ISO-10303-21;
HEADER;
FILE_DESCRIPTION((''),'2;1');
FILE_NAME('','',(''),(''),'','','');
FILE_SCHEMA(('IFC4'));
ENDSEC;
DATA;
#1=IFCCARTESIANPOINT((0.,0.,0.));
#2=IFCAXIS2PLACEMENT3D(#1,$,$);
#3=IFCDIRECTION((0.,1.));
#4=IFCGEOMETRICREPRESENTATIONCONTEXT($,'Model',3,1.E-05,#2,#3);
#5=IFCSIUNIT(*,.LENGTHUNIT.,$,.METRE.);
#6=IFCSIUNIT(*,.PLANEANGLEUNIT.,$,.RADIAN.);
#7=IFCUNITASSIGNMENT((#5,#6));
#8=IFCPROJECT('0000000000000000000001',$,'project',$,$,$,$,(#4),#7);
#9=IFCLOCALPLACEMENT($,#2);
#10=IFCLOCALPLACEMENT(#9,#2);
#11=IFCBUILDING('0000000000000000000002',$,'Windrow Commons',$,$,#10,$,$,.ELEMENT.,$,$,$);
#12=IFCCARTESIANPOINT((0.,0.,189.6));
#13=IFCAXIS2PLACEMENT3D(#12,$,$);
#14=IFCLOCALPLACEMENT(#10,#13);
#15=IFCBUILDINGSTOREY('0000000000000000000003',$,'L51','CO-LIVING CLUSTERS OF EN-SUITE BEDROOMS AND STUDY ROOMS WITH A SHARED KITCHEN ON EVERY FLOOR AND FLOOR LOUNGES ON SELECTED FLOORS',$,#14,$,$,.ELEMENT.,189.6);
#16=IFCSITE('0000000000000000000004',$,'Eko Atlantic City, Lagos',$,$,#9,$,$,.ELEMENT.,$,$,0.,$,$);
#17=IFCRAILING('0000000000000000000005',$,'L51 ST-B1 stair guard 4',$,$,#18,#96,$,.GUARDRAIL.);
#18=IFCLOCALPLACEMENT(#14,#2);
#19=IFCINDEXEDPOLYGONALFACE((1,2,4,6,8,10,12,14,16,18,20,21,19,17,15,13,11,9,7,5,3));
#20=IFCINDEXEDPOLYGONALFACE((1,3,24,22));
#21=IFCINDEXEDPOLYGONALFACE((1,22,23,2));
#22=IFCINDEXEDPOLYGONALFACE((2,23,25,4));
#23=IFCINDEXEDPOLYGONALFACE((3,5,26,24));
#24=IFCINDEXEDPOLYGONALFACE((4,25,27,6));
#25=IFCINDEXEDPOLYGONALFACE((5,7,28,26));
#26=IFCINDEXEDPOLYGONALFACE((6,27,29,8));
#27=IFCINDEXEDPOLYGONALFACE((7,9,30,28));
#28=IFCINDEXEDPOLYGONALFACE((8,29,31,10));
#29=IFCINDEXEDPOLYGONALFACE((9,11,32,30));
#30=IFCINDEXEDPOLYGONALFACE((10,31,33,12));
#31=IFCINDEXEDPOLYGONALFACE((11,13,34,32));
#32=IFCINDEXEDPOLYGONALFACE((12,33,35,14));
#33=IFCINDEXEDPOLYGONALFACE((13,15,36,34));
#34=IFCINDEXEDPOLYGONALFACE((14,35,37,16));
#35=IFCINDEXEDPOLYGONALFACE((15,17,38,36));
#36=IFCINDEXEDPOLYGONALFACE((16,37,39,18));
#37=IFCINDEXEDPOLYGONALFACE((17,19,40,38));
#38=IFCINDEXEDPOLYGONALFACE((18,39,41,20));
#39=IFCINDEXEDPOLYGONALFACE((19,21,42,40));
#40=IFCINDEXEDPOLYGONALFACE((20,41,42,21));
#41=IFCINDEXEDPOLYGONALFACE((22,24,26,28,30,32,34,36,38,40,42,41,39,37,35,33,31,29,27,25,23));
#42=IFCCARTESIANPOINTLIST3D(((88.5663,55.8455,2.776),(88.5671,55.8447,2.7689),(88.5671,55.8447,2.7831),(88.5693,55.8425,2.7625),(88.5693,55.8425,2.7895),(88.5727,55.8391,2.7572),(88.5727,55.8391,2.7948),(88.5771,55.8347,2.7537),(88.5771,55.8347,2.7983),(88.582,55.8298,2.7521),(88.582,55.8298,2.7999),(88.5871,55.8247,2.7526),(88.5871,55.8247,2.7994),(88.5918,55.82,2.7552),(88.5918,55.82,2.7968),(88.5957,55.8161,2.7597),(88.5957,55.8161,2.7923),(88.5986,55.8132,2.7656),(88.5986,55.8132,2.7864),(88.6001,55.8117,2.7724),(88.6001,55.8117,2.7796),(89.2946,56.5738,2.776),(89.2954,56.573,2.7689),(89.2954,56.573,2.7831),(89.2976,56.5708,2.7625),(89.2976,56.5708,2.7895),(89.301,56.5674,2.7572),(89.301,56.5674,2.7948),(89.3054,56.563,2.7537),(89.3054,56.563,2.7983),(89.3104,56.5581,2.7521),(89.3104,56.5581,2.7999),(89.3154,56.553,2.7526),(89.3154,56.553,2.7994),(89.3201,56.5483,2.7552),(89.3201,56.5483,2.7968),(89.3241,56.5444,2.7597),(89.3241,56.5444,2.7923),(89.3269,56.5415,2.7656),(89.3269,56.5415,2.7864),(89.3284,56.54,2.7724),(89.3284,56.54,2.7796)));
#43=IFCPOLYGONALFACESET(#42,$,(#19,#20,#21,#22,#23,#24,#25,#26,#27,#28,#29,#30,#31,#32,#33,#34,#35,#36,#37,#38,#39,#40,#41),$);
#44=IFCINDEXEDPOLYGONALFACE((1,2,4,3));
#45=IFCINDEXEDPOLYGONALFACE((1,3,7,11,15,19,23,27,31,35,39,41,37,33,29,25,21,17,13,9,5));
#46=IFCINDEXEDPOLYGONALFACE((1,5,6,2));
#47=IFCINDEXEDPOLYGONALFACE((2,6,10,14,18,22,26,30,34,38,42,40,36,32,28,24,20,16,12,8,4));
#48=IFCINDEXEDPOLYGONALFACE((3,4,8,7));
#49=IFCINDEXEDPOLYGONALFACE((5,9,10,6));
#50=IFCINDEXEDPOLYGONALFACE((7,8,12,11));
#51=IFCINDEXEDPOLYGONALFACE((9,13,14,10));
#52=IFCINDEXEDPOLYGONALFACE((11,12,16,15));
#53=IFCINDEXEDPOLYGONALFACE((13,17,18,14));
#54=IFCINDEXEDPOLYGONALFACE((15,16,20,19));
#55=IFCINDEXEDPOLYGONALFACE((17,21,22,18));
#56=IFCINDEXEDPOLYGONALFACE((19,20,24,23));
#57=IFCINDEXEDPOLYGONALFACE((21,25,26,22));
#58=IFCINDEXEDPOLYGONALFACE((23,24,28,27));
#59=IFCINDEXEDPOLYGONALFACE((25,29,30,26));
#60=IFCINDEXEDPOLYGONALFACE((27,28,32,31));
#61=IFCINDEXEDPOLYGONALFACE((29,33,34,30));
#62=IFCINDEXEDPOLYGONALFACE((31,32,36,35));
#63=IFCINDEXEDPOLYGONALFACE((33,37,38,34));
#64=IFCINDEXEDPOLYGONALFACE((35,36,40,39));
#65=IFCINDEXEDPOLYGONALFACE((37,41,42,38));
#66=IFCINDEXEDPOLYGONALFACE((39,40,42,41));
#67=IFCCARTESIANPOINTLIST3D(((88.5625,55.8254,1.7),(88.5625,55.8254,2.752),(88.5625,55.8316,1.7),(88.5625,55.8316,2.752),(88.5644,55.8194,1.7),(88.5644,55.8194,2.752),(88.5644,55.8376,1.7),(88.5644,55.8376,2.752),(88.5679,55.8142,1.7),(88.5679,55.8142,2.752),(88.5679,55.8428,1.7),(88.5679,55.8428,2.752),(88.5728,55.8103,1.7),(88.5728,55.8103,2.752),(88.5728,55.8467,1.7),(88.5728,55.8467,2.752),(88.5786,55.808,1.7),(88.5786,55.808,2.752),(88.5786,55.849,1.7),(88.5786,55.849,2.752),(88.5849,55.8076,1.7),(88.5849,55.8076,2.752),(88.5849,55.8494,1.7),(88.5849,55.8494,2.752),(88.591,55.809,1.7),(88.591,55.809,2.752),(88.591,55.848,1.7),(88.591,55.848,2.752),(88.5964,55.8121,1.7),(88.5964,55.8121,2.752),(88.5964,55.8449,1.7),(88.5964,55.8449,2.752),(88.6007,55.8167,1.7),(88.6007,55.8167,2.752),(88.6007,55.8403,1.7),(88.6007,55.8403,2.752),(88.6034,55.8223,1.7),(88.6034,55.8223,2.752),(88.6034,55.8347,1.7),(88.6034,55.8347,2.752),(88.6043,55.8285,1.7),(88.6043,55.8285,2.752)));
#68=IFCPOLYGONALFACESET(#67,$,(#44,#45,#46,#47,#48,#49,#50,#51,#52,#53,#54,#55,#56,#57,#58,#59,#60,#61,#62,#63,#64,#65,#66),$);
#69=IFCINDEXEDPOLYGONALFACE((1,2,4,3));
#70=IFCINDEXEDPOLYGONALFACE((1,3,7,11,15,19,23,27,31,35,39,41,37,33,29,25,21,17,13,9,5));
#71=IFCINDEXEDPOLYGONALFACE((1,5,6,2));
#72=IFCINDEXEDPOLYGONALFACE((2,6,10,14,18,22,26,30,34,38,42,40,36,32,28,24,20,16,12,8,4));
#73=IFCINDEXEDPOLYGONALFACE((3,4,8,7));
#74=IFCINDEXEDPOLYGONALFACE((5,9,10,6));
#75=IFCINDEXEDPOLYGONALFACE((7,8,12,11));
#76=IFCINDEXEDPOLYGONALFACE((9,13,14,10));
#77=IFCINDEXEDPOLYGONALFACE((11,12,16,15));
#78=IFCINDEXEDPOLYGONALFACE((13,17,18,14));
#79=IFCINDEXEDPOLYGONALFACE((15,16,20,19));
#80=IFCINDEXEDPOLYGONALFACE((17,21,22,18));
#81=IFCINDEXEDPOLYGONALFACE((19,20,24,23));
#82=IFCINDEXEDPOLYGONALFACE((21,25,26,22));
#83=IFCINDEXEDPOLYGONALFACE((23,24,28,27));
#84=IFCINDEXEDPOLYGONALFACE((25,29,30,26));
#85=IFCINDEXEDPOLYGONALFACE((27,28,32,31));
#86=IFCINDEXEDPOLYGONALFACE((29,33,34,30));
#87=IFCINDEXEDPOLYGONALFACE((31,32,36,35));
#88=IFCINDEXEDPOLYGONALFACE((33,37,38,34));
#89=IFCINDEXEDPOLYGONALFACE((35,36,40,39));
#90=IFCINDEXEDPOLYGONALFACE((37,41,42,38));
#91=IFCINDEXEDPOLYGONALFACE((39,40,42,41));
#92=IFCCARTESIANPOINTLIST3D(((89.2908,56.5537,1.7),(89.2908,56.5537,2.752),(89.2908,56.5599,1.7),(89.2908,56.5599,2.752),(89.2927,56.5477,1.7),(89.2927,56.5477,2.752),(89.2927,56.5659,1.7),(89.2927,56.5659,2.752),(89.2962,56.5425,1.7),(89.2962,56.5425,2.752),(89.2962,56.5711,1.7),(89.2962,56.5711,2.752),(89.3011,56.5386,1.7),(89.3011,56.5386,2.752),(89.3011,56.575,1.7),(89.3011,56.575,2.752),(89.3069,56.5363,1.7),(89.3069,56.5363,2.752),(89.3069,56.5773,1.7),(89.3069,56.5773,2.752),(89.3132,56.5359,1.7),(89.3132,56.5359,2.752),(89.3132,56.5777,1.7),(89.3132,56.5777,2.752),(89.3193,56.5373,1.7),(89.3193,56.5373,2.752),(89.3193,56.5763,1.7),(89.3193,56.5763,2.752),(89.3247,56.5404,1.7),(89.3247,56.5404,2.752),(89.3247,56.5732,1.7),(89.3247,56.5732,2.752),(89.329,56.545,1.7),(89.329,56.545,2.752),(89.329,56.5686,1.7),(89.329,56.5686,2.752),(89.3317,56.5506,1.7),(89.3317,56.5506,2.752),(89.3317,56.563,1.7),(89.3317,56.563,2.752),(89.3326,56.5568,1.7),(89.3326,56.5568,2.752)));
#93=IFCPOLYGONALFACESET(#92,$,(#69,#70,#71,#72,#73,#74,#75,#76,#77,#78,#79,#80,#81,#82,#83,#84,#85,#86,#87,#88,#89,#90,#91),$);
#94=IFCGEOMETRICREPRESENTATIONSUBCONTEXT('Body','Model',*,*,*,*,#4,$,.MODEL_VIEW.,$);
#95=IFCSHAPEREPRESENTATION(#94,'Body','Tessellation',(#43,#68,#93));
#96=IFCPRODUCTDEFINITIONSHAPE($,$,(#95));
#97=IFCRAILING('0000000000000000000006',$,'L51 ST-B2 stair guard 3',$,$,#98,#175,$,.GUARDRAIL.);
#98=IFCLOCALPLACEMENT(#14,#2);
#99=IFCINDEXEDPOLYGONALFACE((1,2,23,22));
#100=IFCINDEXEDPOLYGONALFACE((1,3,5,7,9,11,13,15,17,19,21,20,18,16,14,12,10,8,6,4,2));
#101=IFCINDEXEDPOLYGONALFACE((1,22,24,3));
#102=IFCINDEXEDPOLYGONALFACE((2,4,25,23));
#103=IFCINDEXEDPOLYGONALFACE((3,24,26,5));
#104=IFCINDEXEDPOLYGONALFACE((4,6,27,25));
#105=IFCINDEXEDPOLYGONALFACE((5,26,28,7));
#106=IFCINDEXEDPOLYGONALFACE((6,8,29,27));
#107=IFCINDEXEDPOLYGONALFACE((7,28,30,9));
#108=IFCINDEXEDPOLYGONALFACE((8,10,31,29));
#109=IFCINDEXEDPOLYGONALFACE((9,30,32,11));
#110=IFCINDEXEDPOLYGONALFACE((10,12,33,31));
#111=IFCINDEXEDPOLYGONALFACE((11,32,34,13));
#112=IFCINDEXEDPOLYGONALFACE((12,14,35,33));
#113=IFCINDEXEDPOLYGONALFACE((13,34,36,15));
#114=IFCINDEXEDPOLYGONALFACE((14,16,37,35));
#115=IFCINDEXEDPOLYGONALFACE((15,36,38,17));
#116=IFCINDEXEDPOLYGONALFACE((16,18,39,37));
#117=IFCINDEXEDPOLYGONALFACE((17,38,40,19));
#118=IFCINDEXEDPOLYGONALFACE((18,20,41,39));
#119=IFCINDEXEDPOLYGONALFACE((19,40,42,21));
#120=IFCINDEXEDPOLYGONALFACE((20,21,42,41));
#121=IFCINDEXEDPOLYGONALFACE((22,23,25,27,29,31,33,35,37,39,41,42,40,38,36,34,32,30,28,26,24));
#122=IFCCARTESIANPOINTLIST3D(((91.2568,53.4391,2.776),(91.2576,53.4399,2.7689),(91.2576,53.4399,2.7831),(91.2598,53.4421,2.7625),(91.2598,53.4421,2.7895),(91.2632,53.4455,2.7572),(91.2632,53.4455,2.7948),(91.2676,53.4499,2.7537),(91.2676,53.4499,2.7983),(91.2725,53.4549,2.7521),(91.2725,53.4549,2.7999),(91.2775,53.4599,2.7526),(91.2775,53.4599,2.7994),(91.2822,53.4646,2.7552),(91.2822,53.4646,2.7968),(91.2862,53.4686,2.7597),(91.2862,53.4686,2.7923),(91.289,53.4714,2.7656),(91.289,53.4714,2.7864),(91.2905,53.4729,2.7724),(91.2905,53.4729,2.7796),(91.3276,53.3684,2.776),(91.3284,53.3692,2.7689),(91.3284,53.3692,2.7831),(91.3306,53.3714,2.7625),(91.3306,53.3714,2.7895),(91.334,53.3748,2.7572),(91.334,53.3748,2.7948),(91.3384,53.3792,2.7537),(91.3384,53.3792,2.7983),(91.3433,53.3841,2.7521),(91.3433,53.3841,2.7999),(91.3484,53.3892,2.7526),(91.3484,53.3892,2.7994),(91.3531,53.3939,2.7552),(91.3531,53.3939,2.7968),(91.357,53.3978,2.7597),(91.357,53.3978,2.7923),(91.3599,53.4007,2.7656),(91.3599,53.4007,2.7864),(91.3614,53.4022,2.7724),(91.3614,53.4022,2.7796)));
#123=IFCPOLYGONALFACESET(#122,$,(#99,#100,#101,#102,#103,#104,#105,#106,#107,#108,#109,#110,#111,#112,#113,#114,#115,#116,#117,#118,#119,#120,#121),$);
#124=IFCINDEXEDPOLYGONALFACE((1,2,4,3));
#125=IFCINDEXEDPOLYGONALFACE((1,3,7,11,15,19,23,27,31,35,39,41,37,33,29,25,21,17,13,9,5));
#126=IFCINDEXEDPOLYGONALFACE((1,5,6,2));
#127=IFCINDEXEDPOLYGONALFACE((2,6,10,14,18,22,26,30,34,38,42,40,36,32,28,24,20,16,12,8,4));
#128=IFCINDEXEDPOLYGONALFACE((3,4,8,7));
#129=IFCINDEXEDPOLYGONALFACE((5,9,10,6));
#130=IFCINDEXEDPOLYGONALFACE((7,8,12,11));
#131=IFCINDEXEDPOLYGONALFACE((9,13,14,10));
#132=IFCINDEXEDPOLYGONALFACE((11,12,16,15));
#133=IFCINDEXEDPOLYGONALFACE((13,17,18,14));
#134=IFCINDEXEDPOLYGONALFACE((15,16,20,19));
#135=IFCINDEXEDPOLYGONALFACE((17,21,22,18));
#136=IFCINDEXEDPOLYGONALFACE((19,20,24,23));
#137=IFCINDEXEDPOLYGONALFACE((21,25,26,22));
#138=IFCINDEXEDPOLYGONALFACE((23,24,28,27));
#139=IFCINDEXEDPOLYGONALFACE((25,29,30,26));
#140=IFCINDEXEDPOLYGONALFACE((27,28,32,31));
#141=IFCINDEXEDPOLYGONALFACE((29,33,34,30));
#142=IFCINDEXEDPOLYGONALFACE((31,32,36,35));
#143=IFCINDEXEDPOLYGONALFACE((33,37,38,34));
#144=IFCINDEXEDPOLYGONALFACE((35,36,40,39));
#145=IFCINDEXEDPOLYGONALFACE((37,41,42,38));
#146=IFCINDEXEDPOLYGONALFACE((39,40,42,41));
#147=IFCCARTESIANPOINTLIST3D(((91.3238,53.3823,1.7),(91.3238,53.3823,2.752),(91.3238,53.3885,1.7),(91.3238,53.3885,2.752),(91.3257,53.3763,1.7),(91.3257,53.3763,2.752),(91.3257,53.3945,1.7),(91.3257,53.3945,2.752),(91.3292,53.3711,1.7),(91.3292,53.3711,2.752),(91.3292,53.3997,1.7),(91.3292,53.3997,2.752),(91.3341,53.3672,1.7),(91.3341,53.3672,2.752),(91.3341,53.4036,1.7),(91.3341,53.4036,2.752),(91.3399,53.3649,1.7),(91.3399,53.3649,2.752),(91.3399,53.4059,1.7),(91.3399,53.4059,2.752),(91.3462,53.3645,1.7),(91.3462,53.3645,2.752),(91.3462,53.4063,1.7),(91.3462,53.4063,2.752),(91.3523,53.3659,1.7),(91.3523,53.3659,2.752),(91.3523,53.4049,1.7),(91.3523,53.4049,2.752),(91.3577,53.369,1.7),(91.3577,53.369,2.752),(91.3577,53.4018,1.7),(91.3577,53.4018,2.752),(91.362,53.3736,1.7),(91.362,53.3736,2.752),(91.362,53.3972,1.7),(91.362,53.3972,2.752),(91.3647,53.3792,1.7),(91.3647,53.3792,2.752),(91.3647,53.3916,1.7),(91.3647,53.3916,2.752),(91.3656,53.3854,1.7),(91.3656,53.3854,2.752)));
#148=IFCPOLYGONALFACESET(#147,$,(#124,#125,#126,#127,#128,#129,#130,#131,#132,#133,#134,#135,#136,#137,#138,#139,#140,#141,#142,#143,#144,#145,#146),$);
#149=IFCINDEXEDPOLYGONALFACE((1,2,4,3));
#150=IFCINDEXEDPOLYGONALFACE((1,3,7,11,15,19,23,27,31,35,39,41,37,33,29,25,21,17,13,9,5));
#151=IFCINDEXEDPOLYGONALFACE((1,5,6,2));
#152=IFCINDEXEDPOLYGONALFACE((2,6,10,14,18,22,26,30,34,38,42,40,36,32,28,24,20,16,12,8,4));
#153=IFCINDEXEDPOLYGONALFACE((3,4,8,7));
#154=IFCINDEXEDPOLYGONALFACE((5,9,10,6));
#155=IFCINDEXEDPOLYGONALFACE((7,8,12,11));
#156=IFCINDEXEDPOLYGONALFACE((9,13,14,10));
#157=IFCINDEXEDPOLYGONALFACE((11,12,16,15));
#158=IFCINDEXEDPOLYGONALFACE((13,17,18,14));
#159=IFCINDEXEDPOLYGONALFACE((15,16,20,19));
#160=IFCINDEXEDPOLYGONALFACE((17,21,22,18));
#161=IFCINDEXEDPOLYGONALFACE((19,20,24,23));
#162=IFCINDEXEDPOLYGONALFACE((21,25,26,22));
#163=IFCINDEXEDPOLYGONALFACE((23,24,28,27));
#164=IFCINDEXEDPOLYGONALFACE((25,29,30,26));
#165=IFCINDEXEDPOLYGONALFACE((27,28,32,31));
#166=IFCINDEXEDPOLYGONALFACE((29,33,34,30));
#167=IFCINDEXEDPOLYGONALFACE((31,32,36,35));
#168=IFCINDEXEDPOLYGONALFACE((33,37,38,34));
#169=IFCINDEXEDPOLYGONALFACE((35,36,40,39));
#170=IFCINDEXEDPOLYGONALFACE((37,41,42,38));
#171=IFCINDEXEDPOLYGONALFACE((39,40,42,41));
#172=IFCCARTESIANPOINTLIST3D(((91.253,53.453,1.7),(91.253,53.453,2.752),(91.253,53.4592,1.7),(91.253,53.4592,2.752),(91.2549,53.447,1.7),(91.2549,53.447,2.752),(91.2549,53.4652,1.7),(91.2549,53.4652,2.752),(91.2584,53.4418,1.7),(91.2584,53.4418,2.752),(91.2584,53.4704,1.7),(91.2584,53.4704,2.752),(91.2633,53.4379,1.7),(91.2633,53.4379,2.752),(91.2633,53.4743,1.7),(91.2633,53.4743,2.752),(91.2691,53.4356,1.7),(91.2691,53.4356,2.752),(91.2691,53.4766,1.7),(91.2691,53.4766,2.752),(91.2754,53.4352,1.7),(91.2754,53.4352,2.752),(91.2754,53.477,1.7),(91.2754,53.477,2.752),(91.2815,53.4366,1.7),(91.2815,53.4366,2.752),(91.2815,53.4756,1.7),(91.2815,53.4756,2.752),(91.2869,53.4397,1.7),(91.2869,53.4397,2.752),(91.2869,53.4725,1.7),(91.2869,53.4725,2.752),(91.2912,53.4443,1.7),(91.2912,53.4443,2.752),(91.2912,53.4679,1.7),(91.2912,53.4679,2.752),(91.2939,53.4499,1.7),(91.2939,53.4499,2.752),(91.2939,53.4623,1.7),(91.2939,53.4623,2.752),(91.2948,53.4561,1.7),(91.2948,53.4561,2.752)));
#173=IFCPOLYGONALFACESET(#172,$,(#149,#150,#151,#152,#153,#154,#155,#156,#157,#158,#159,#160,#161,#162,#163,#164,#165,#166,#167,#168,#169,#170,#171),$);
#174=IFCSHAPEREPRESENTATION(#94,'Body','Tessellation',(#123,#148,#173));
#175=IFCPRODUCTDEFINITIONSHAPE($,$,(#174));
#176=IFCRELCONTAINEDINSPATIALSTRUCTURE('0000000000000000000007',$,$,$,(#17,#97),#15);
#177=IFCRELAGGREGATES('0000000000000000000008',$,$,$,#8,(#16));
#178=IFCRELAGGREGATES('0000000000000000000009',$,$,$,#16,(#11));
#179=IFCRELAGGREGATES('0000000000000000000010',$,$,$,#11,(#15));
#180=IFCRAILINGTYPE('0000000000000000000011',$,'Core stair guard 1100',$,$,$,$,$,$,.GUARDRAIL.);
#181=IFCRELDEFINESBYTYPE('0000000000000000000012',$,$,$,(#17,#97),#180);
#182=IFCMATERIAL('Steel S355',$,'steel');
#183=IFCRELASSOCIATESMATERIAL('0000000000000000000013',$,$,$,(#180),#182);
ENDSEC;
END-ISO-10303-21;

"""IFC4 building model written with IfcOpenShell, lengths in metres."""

from ifc_helpers import new_model, si_unit, direction, frame, origin, origin_2d, place, context, subcontext, project, spatial, circle, extrude, material, type_object, element, save


model = new_model("IFC4")

# Units and contexts
model_context = context("Model", 3, precision=1e-05, world=origin(), true_north=direction((0.0, 1.0)))
body_context = subcontext(model_context, "Body", "Model", "MODEL_VIEW")
ifc_project = project(units=[si_unit("LENGTHUNIT", "METRE"), si_unit("PLANEANGLEUNIT", "RADIAN")], contexts=[model_context])

# Site, building, storey
site_placement = place(None, origin())
site = spatial("IfcSite", under=ifc_project, at=site_placement, Name="Eko Atlantic City, Lagos", CompositionType="ELEMENT", RefElevation=0.0)
building_placement = place(site_placement, origin())
building = spatial("IfcBuilding", under=site, at=building_placement, Name="Windrow Commons", CompositionType="ELEMENT")
storey_placement = place(building_placement, frame((0.0, 0.0, 189.6)))
storey = spatial("IfcBuildingStorey", under=building, at=storey_placement, Name="L51", Description="CO-LIVING CLUSTERS OF EN-SUITE BEDROOMS AND STUDY ROOMS WITH A SHARED KITCHEN ON EVERY FLOOR AND FLOOR LOUNGES ON SELECTED FLOORS", CompositionType="ELEMENT", Elevation=189.6)

# Railings
ifc_material_1 = material(Name="Steel S355", Category="steel")
railing_type_1 = type_object("IfcRailingType", Name="Core stair guard 1100", PredefinedType="GUARDRAIL", material=ifc_material_1)
railing_1_placement = place(storey_placement, frame((88.5833, 55.8285, 1.7)))
element("IfcRailing", 1, at=railing_1_placement, inside=storey, type_object=railing_type_1, Name="L51 ST-B1 stair guard 4", PredefinedType="GUARDRAIL", context=body_context, shape_type="SweptSolid", body=[
    extrude(circle(Radius=0.024, at=origin_2d()), frame((0.0, 0.0, 1.076), z_axis=(0.707107, 0.707107, 0.0), x_axis=(-0.707107, 0.707107, 0.0)), (0.0, 0.0, 1.0), 1.03),
    extrude(circle(Radius=0.021, at=origin_2d()), origin(), (0.0, 0.0, 1.0), 1.052),
    extrude(circle(Radius=0.021, at=origin_2d()), frame((0.7283, 0.7283, 0.0)), (0.0, 0.0, 1.0), 1.052),
])
railing_2_placement = place(storey_placement, frame((91.3446, 53.3854, 1.7)))
element("IfcRailing", 2, at=railing_2_placement, inside=storey, type_object=railing_type_1, Name="L51 ST-B2 stair guard 3", PredefinedType="GUARDRAIL", context=body_context, shape_type="SweptSolid", body=[
    extrude(circle(Radius=0.024, at=origin_2d()), frame((0.0, 0.0, 1.076), z_axis=(-0.707606, 0.706607, 0.0), x_axis=(-0.706607, -0.707606, 0.0)), (0.0, 0.0, 1.0), 0.1001),
    extrude(circle(Radius=0.021, at=origin_2d()), origin(), (0.0, 0.0, 1.0), 1.052),
    extrude(circle(Radius=0.021, at=origin_2d()), frame((-0.0708, 0.0707, 0.0)), (0.0, 0.0, 1.0), 1.052),
])

save(model, "model.ifc")
